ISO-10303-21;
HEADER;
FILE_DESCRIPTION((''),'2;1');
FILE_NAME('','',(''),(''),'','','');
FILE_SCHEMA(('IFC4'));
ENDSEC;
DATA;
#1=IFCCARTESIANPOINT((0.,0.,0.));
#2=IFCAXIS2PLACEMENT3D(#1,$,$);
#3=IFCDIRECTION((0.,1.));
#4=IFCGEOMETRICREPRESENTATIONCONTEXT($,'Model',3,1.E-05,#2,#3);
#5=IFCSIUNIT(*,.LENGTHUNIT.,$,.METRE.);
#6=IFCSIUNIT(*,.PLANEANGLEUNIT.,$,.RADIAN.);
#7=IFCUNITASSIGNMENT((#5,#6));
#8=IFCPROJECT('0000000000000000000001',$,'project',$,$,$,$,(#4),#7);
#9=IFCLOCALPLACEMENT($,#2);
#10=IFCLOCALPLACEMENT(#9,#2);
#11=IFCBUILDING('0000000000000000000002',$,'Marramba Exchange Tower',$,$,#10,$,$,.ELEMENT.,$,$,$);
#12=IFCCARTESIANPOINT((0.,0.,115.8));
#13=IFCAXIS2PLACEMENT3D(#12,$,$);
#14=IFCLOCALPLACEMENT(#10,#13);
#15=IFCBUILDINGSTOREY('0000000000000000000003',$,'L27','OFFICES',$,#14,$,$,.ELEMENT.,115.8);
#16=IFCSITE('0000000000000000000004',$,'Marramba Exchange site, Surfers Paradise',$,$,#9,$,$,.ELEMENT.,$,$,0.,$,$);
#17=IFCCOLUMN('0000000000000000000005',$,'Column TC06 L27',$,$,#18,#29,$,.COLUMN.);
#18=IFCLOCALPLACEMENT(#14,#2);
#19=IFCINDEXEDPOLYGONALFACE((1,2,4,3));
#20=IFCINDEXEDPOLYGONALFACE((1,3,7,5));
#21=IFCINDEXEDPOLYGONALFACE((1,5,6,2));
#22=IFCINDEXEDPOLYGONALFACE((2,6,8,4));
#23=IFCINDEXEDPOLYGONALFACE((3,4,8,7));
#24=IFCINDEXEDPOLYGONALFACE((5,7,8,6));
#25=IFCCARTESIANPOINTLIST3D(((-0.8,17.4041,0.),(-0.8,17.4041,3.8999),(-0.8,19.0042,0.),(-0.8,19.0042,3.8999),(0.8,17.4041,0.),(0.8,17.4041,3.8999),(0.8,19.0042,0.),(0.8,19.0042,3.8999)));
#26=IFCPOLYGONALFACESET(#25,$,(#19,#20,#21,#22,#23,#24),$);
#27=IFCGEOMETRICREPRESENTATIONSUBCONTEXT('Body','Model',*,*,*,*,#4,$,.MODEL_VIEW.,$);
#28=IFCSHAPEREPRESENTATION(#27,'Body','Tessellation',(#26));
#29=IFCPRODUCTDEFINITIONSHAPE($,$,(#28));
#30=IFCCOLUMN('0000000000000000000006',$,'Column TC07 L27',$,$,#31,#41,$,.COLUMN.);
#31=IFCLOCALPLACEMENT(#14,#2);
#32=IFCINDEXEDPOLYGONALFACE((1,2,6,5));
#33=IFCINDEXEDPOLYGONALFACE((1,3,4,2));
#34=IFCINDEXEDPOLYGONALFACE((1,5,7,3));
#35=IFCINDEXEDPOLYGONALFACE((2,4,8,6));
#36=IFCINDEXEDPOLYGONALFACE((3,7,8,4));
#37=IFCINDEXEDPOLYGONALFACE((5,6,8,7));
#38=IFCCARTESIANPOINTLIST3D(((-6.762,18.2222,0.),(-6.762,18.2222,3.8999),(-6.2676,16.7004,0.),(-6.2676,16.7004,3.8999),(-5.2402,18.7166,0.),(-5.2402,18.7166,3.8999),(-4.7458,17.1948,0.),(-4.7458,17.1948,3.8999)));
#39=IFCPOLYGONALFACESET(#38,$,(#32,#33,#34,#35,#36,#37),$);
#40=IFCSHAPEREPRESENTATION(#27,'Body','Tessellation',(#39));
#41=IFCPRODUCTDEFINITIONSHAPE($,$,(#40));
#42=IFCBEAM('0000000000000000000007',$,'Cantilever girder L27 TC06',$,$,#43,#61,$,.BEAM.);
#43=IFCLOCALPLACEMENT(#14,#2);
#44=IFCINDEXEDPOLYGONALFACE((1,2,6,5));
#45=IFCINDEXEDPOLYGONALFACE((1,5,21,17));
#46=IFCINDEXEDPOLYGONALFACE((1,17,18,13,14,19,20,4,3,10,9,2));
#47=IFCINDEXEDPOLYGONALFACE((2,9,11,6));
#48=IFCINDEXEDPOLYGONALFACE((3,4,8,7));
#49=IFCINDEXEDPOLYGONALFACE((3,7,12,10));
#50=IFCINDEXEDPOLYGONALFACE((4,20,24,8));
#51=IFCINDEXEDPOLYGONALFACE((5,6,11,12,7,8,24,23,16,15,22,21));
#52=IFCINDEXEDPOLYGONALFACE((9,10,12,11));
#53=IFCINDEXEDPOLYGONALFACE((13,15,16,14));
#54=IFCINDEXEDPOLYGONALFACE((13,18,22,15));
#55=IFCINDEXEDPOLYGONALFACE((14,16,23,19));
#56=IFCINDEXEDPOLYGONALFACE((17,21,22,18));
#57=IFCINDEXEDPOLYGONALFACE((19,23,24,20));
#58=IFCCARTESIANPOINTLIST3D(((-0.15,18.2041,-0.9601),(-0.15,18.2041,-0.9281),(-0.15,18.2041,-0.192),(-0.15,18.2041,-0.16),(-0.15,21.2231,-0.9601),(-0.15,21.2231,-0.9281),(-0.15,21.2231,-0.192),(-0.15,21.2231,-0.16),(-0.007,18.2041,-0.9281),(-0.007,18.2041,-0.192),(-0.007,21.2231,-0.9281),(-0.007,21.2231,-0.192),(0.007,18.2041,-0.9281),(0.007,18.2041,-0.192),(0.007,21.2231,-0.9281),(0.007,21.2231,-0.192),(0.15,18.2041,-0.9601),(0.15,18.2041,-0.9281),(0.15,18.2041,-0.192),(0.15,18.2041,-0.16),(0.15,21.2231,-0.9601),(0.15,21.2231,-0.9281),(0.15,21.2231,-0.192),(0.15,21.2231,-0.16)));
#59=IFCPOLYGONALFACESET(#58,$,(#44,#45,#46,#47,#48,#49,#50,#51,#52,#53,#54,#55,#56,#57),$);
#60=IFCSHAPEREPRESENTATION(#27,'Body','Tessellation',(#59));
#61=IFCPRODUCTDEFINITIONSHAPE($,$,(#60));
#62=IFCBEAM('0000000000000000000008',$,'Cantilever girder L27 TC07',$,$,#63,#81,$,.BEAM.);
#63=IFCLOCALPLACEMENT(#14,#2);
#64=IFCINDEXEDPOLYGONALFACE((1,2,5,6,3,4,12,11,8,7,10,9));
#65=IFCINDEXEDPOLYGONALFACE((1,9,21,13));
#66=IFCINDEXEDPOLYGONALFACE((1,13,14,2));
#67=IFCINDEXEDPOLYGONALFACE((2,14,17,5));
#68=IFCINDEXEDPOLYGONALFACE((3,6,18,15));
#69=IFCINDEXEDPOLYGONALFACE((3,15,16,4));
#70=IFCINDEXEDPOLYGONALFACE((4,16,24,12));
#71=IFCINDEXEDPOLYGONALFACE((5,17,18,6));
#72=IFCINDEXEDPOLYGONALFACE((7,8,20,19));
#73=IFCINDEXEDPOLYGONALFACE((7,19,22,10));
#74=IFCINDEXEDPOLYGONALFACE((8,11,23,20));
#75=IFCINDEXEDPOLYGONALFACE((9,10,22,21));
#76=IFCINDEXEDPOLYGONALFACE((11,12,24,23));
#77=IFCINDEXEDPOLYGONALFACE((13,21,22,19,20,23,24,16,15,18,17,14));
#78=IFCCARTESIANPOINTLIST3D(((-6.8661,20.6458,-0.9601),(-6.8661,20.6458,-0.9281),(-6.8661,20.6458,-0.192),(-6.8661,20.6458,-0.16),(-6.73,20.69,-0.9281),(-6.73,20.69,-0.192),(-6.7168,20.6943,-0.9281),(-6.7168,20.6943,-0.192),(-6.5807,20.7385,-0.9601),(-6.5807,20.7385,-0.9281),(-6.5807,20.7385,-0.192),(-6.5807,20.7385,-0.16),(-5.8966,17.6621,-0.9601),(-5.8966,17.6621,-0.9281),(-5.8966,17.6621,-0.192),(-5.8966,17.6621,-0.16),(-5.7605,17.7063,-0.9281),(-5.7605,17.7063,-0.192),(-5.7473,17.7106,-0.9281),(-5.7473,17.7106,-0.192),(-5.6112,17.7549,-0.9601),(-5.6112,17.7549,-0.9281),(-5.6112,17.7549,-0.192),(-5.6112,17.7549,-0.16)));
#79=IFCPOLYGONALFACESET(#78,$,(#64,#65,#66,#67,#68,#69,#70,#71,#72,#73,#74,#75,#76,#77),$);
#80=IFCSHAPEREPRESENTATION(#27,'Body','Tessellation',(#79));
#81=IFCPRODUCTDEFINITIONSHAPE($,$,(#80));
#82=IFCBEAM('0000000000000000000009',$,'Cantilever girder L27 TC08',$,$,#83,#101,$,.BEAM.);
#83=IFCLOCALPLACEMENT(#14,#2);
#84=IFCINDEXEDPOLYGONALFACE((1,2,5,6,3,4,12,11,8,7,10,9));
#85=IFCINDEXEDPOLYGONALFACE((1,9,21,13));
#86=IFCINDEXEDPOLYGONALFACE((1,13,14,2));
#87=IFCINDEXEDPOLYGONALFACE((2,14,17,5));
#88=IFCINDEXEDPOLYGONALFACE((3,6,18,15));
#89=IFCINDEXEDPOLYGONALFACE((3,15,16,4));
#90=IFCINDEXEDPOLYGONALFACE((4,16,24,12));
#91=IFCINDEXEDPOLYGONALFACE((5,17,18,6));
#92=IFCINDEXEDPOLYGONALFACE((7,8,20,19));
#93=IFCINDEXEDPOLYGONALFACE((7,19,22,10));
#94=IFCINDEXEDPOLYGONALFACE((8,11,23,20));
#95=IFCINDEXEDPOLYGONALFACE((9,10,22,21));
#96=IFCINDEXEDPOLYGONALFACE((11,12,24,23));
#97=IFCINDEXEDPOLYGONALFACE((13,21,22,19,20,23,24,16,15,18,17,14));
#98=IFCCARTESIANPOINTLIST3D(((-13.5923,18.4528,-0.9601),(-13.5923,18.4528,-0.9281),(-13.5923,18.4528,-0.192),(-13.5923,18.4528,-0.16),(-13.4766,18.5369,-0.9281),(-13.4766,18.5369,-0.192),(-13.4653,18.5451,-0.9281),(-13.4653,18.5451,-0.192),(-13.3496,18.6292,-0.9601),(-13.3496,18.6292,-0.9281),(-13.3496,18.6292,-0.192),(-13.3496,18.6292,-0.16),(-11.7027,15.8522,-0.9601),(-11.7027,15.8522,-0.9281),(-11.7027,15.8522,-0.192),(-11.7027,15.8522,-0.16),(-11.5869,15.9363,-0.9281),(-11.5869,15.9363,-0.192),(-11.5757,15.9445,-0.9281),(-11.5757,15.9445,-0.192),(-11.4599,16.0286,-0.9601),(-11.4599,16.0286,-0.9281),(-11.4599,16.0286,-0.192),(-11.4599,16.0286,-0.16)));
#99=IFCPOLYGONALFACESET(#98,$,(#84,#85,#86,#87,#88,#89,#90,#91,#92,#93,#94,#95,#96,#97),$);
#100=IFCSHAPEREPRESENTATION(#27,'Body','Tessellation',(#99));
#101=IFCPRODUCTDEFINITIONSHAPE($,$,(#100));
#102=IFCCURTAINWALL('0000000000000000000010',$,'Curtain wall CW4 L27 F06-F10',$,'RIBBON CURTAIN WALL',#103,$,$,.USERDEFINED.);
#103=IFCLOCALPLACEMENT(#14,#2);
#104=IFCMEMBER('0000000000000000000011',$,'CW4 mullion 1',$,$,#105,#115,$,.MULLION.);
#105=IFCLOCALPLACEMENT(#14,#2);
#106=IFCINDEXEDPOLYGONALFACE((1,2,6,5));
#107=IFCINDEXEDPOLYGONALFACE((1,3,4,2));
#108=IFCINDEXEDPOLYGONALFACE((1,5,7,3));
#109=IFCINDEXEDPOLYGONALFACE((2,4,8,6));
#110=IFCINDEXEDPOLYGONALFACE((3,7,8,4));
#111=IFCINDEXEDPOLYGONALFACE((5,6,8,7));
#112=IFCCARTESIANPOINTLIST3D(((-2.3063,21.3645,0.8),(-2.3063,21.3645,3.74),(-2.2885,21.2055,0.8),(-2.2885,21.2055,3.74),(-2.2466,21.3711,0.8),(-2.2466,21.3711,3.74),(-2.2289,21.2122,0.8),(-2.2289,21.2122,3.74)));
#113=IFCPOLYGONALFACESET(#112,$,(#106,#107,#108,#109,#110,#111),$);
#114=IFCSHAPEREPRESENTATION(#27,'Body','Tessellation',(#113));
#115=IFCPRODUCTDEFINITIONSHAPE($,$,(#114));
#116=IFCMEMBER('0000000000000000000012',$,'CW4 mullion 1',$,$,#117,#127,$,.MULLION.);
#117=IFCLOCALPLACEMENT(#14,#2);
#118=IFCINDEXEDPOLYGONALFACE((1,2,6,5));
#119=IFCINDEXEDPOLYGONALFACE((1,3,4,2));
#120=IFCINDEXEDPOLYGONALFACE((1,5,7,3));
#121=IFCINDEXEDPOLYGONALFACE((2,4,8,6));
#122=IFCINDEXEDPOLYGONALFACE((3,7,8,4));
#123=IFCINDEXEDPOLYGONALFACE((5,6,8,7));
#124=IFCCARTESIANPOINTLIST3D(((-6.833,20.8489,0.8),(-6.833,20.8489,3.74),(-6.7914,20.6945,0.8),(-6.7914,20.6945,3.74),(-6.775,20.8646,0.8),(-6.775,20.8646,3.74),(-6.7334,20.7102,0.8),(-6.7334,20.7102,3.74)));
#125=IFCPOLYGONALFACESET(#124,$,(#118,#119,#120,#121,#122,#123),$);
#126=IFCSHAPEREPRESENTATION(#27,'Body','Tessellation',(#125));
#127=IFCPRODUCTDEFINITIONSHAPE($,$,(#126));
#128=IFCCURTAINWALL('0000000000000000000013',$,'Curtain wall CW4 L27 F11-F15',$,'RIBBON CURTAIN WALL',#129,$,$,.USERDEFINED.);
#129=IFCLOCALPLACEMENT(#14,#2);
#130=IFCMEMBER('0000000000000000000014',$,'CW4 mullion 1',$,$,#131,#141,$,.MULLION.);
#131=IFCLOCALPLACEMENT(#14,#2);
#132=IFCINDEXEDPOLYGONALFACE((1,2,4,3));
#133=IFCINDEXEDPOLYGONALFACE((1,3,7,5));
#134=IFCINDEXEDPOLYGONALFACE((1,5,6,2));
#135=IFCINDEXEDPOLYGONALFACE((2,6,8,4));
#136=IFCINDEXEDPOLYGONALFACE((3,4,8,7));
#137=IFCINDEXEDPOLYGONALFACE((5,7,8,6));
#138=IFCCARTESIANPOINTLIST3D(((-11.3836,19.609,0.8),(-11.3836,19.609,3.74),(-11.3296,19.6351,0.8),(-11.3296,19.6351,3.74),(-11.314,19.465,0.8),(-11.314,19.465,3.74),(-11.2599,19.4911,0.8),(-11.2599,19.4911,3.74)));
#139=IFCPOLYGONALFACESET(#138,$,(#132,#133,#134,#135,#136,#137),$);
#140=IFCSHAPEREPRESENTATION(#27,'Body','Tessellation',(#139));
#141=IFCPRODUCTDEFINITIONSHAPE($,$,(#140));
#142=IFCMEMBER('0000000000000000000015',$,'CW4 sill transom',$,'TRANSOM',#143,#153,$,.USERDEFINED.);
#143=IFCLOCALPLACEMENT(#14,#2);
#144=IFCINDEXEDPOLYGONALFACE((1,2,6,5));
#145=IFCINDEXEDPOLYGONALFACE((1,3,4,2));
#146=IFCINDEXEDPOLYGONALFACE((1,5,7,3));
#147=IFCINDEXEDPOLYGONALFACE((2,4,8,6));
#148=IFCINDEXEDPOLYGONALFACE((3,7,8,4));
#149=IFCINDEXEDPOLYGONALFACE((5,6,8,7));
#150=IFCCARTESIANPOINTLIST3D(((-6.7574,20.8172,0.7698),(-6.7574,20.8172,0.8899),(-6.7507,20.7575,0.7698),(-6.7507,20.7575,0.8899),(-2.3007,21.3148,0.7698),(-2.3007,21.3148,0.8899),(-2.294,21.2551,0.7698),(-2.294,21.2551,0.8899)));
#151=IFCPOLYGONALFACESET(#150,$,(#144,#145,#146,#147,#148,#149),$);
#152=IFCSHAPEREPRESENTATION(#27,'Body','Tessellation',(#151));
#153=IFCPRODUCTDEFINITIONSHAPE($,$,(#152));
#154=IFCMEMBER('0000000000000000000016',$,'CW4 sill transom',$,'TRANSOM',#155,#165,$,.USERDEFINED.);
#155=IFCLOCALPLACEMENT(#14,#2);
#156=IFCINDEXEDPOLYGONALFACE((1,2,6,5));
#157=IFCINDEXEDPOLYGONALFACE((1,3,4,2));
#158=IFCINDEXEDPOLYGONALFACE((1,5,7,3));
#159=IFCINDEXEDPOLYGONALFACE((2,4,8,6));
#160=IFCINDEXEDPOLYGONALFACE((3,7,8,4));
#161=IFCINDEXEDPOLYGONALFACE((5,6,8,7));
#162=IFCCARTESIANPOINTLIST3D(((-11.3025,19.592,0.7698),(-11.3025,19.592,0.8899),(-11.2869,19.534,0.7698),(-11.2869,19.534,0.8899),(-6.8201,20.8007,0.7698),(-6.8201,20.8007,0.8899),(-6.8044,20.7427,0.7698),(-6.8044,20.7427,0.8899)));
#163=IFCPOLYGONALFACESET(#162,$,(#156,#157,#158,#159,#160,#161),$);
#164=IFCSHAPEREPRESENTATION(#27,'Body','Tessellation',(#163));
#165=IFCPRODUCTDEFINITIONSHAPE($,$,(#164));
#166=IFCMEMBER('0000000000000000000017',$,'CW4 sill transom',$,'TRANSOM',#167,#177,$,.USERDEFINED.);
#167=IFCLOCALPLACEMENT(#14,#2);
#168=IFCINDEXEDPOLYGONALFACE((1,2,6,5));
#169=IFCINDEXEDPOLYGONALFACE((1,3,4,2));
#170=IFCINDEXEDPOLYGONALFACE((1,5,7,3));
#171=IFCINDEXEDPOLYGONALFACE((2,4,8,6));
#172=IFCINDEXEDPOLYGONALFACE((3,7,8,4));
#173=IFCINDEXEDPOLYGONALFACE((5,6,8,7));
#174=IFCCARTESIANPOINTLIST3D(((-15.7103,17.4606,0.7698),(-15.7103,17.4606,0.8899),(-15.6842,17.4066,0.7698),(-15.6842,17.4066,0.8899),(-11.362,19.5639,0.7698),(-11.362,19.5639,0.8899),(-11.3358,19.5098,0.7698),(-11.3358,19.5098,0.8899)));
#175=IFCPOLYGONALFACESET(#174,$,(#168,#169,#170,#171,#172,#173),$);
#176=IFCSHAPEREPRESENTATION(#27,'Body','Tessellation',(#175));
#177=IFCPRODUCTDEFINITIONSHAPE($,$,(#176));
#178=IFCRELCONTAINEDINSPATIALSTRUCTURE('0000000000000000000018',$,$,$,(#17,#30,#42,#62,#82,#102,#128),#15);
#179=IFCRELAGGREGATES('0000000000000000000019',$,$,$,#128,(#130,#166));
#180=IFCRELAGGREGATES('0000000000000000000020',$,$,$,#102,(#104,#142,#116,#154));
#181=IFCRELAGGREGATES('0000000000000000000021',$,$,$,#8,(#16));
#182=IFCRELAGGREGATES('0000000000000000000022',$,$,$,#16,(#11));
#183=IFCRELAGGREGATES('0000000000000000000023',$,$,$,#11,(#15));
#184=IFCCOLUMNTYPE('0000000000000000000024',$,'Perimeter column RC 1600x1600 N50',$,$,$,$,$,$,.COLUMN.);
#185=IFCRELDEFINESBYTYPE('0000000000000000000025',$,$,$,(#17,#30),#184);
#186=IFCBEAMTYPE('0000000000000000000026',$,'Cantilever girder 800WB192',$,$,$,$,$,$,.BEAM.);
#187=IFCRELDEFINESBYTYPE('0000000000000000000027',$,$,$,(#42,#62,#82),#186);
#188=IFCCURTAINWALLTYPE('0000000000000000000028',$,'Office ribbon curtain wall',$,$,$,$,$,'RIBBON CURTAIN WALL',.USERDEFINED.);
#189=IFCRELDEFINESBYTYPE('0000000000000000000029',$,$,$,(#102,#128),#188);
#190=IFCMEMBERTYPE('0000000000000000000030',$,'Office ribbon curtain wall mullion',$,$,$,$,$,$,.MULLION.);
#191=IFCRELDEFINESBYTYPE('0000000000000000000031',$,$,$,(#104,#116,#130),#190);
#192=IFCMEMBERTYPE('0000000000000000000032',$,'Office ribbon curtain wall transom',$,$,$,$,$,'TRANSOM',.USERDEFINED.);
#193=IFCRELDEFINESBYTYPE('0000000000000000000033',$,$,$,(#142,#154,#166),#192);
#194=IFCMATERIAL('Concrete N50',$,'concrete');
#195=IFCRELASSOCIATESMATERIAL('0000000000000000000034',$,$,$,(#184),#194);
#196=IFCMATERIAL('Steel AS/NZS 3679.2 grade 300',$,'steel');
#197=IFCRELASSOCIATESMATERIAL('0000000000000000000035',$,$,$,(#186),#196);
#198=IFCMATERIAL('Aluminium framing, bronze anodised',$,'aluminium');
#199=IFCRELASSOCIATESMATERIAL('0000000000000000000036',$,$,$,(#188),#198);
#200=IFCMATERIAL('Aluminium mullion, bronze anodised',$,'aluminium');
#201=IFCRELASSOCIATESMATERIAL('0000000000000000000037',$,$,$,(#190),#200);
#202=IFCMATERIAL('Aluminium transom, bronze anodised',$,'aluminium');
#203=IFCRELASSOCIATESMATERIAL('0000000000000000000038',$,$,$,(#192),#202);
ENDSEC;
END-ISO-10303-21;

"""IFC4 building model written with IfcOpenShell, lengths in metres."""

from ifc_helpers import new_model, si_unit, direction, frame, origin, origin_2d, place, context, subcontext, project, spatial, rectangle, i_section, extrude, material, material_profile, profile_set, type_object, element, aggregate, save


model = new_model("IFC4")

# Units and contexts
model_context = context("Model", 3, precision=1e-05, world=origin(), true_north=direction((0.0, 1.0)))
body_context = subcontext(model_context, "Body", "Model", "MODEL_VIEW")
ifc_project = project(units=[si_unit("LENGTHUNIT", "METRE"), si_unit("PLANEANGLEUNIT", "RADIAN")], contexts=[model_context])

# Site, building, storey
site_placement = place(None, origin())
site = spatial("IfcSite", under=ifc_project, at=site_placement, Name="Marramba Exchange site, Surfers Paradise", CompositionType="ELEMENT", RefElevation=0.0)
building_placement = place(site_placement, origin())
building = spatial("IfcBuilding", under=site, at=building_placement, Name="Marramba Exchange Tower", CompositionType="ELEMENT")
storey_placement = place(building_placement, frame((0.0, 0.0, 115.8)))
storey = spatial("IfcBuildingStorey", under=building, at=storey_placement, Name="L27", Description="OFFICES", CompositionType="ELEMENT", Elevation=115.8)

# Columns
ifc_material_1 = material(Name="Concrete N50", Category="concrete")
ifc_material_profile_1 = material_profile(ifc_material_1, rectangle(XDim=1.6001, YDim=1.6001, at=origin_2d()), Name="RC 1600x1600")
ifc_profile_set_1 = profile_set([ifc_material_profile_1], Name="Concrete N50")
column_type = type_object("IfcColumnType", Name="Perimeter column RC 1600x1600 N50", PredefinedType="COLUMN", material=ifc_profile_set_1)
for number, where, z_axis, x_axis, name in (
    (1, (0.0, 18.2041, 0.0), (0.0, 0.0, 1.0), (0.0, 1.0, 0.0), "Column TC06 L27"),
    (2, (-5.7539, 17.7085, 0.0), (0.0, 0.0, 1.0), (-0.309017, 0.951057, 0.0), "Column TC07 L27"),
):
    element("IfcColumn", number, at=place(storey_placement, frame(where, z_axis=z_axis, x_axis=x_axis)), inside=storey, type_object=column_type, Name=name, PredefinedType="COLUMN", context=body_context, shape_type="SweptSolid", body=[
        extrude(rectangle(XDim=1.6001, YDim=1.6001, at=origin_2d()), origin(), (0.0, 0.0, 1.0), 3.8999),
    ])

# Beams
ifc_material_2 = material(Name="Steel AS/NZS 3679.2 grade 300", Category="steel")
ifc_material_profile_2 = material_profile(ifc_material_2, i_section(OverallWidth=0.3, OverallDepth=0.8, WebThickness=0.0139, FlangeThickness=0.032, at=origin_2d()), Name="800WB192")
ifc_profile_set_2 = profile_set([ifc_material_profile_2], Name="Steel AS/NZS 3679.2 grade 300")
beam_type_1 = type_object("IfcBeamType", Name="Cantilever girder 800WB192", PredefinedType="BEAM", material=ifc_profile_set_2)
beam_1_placement = place(storey_placement, frame((0.0, 18.2041, -0.5601), z_axis=(0.0, 1.0, 0.0), x_axis=(-1.0, 0.0, 0.0)))
element("IfcBeam", 3, at=beam_1_placement, inside=storey, type_object=beam_type_1, Name="Cantilever girder L27 TC06", PredefinedType="BEAM", context=body_context, shape_type="SweptSolid", body=[
    extrude(i_section(OverallWidth=0.3, OverallDepth=0.8, WebThickness=0.0139, FlangeThickness=0.032, at=origin_2d()), origin(), (0.0, 0.0, 1.0), 3.019),
])
beam_2_placement = place(storey_placement, frame((-5.7539, 17.7085, -0.5601), z_axis=(-0.309028, 0.951053, 0.0), x_axis=(-0.951053, -0.309028, 0.0)))
element("IfcBeam", 4, at=beam_2_placement, inside=storey, type_object=beam_type_1, Name="Cantilever girder L27 TC07", PredefinedType="BEAM", context=body_context, shape_type="SweptSolid", body=[
    extrude(i_section(OverallWidth=0.3, OverallDepth=0.8, WebThickness=0.0139, FlangeThickness=0.032, at=origin_2d()), origin(), (0.0, 0.0, 1.0), 3.1372),
])
beam_3_placement = place(storey_placement, frame((-11.5813, 15.9404, -0.5601), z_axis=(-0.587828, 0.808986, 0.0), x_axis=(-0.808986, -0.587828, 0.0)))
element("IfcBeam", 5, at=beam_3_placement, inside=storey, type_object=beam_type_1, Name="Cantilever girder L27 TC08", PredefinedType="BEAM", context=body_context, shape_type="SweptSolid", body=[
    extrude(i_section(OverallWidth=0.3, OverallDepth=0.8, WebThickness=0.0139, FlangeThickness=0.032, at=origin_2d()), origin(), (0.0, 0.0, 1.0), 3.2146),
])

# Curtain wall, members
ifc_material_3 = material(Name="Aluminium framing, bronze anodised", Category="aluminium")
curtain_wall_type = type_object("IfcCurtainWallType", Name="Office ribbon curtain wall", ElementType="RIBBON CURTAIN WALL", PredefinedType="USERDEFINED", material=ifc_material_3)
curtain_wall_1_placement = place(storey_placement, origin())
curtain_wall_1 = element("IfcCurtainWall", 6, at=curtain_wall_1_placement, inside=storey, type_object=curtain_wall_type, Name="Curtain wall CW4 L27 F06-F10", ObjectType="RIBBON CURTAIN WALL", PredefinedType="USERDEFINED")
ifc_material_4 = material(Name="Aluminium mullion, bronze anodised", Category="aluminium")
ifc_material_profile_3 = material_profile(ifc_material_4, rectangle(XDim=0.1599, YDim=0.0601, at=origin_2d()), Name="CW4 mullion 60x160")
ifc_profile_set_3 = profile_set([ifc_material_profile_3], Name="Aluminium mullion, bronze anodised")
member_type_1 = type_object("IfcMemberType", Name="Office ribbon curtain wall mullion", PredefinedType="MULLION", material=ifc_profile_set_3)
member_1_placement = place(storey_placement, frame((-2.2676, 21.2883, 0.8), z_axis=(0.0, 0.0, 1.0), x_axis=(0.110973, -0.993823, 0.0)))
member_1 = element("IfcMember", 7, at=member_1_placement, type_object=member_type_1, Name="CW4 mullion 1", PredefinedType="MULLION", context=body_context, shape_type="SweptSolid", body=[
    extrude(rectangle(XDim=0.1599, YDim=0.0601, at=origin_2d()), origin(), (0.0, 0.0, 1.0), 2.9399),
])
member_2_placement = place(storey_placement, frame((-6.7832, 20.7795, 0.8), z_axis=(0.0, 0.0, 1.0), x_axis=(0.260321, -0.965522, 0.0)))
member_2 = element("IfcMember", 8, at=member_2_placement, type_object=member_type_1, Name="CW4 mullion 1", PredefinedType="MULLION", context=body_context, shape_type="SweptSolid", body=[
    extrude(rectangle(XDim=0.1599, YDim=0.0601, at=origin_2d()), origin(), (0.0, 0.0, 1.0), 2.9399),
])

# Curtain wall, member
curtain_wall_2_placement = place(storey_placement, origin())
curtain_wall_2 = element("IfcCurtainWall", 9, at=curtain_wall_2_placement, inside=storey, type_object=curtain_wall_type, Name="Curtain wall CW4 L27 F11-F15", ObjectType="RIBBON CURTAIN WALL", PredefinedType="USERDEFINED")
member_3_placement = place(storey_placement, frame((-11.3218, 19.55, 0.8), z_axis=(0.0, 0.0, 1.0), x_axis=(0.435428, -0.900224, 0.0)))
member_3 = element("IfcMember", 10, at=member_3_placement, type_object=member_type_1, Name="CW4 mullion 1", PredefinedType="MULLION", context=body_context, shape_type="SweptSolid", body=[
    extrude(rectangle(XDim=0.1599, YDim=0.0601, at=origin_2d()), origin(), (0.0, 0.0, 1.0), 2.9399),
])

# Members
ifc_material_5 = material(Name="Aluminium transom, bronze anodised", Category="aluminium")
ifc_material_profile_4 = material_profile(ifc_material_5, rectangle(XDim=0.0601, YDim=0.1201, at=origin_2d()), Name="CW4 transom 60x120")
ifc_profile_set_4 = profile_set([ifc_material_profile_4], Name="Aluminium transom, bronze anodised")
member_type_2 = type_object("IfcMemberType", Name="Office ribbon curtain wall transom", ElementType="TRANSOM", PredefinedType="USERDEFINED", material=ifc_profile_set_4)
member_4_placement = place(storey_placement, frame((-2.2974, 21.2849, 0.8298), z_axis=(-0.993826, -0.110951, 0.0), x_axis=(0.110951, -0.993826, 0.0)))
member_4 = element("IfcMember", 11, at=member_4_placement, type_object=member_type_2, Name="CW4 sill transom", ObjectType="TRANSOM", PredefinedType="USERDEFINED", context=body_context, shape_type="SweptSolid", body=[
    extrude(rectangle(XDim=0.0601, YDim=0.1201, at=origin_2d()), origin(), (0.0, 0.0, 1.0), 4.4844),
])
member_5_placement = place(storey_placement, frame((-6.8123, 20.7717, 0.8298), z_axis=(-0.965511, -0.260362, 0.0), x_axis=(0.260362, -0.965511, 0.0)))
member_5 = element("IfcMember", 12, at=member_5_placement, type_object=member_type_2, Name="CW4 sill transom", ObjectType="TRANSOM", PredefinedType="USERDEFINED", context=body_context, shape_type="SweptSolid", body=[
    extrude(rectangle(XDim=0.0601, YDim=0.1201, at=origin_2d()), origin(), (0.0, 0.0, 1.0), 4.6426),
])
member_6_placement = place(storey_placement, frame((-11.3489, 19.5369, 0.8298), z_axis=(-0.900223, -0.435429, 0.0), x_axis=(0.435429, -0.900223, 0.0)))
member_6 = element("IfcMember", 13, at=member_6_placement, type_object=member_type_2, Name="CW4 sill transom", ObjectType="TRANSOM", PredefinedType="USERDEFINED", context=body_context, shape_type="SweptSolid", body=[
    extrude(rectangle(XDim=0.0601, YDim=0.1201, at=origin_2d()), origin(), (0.0, 0.0, 1.0), 4.8303),
])
aggregate(curtain_wall_2, [member_3, member_6])

aggregate(curtain_wall_1, [member_1, member_4, member_2, member_5])

save(model, "model.ifc")
